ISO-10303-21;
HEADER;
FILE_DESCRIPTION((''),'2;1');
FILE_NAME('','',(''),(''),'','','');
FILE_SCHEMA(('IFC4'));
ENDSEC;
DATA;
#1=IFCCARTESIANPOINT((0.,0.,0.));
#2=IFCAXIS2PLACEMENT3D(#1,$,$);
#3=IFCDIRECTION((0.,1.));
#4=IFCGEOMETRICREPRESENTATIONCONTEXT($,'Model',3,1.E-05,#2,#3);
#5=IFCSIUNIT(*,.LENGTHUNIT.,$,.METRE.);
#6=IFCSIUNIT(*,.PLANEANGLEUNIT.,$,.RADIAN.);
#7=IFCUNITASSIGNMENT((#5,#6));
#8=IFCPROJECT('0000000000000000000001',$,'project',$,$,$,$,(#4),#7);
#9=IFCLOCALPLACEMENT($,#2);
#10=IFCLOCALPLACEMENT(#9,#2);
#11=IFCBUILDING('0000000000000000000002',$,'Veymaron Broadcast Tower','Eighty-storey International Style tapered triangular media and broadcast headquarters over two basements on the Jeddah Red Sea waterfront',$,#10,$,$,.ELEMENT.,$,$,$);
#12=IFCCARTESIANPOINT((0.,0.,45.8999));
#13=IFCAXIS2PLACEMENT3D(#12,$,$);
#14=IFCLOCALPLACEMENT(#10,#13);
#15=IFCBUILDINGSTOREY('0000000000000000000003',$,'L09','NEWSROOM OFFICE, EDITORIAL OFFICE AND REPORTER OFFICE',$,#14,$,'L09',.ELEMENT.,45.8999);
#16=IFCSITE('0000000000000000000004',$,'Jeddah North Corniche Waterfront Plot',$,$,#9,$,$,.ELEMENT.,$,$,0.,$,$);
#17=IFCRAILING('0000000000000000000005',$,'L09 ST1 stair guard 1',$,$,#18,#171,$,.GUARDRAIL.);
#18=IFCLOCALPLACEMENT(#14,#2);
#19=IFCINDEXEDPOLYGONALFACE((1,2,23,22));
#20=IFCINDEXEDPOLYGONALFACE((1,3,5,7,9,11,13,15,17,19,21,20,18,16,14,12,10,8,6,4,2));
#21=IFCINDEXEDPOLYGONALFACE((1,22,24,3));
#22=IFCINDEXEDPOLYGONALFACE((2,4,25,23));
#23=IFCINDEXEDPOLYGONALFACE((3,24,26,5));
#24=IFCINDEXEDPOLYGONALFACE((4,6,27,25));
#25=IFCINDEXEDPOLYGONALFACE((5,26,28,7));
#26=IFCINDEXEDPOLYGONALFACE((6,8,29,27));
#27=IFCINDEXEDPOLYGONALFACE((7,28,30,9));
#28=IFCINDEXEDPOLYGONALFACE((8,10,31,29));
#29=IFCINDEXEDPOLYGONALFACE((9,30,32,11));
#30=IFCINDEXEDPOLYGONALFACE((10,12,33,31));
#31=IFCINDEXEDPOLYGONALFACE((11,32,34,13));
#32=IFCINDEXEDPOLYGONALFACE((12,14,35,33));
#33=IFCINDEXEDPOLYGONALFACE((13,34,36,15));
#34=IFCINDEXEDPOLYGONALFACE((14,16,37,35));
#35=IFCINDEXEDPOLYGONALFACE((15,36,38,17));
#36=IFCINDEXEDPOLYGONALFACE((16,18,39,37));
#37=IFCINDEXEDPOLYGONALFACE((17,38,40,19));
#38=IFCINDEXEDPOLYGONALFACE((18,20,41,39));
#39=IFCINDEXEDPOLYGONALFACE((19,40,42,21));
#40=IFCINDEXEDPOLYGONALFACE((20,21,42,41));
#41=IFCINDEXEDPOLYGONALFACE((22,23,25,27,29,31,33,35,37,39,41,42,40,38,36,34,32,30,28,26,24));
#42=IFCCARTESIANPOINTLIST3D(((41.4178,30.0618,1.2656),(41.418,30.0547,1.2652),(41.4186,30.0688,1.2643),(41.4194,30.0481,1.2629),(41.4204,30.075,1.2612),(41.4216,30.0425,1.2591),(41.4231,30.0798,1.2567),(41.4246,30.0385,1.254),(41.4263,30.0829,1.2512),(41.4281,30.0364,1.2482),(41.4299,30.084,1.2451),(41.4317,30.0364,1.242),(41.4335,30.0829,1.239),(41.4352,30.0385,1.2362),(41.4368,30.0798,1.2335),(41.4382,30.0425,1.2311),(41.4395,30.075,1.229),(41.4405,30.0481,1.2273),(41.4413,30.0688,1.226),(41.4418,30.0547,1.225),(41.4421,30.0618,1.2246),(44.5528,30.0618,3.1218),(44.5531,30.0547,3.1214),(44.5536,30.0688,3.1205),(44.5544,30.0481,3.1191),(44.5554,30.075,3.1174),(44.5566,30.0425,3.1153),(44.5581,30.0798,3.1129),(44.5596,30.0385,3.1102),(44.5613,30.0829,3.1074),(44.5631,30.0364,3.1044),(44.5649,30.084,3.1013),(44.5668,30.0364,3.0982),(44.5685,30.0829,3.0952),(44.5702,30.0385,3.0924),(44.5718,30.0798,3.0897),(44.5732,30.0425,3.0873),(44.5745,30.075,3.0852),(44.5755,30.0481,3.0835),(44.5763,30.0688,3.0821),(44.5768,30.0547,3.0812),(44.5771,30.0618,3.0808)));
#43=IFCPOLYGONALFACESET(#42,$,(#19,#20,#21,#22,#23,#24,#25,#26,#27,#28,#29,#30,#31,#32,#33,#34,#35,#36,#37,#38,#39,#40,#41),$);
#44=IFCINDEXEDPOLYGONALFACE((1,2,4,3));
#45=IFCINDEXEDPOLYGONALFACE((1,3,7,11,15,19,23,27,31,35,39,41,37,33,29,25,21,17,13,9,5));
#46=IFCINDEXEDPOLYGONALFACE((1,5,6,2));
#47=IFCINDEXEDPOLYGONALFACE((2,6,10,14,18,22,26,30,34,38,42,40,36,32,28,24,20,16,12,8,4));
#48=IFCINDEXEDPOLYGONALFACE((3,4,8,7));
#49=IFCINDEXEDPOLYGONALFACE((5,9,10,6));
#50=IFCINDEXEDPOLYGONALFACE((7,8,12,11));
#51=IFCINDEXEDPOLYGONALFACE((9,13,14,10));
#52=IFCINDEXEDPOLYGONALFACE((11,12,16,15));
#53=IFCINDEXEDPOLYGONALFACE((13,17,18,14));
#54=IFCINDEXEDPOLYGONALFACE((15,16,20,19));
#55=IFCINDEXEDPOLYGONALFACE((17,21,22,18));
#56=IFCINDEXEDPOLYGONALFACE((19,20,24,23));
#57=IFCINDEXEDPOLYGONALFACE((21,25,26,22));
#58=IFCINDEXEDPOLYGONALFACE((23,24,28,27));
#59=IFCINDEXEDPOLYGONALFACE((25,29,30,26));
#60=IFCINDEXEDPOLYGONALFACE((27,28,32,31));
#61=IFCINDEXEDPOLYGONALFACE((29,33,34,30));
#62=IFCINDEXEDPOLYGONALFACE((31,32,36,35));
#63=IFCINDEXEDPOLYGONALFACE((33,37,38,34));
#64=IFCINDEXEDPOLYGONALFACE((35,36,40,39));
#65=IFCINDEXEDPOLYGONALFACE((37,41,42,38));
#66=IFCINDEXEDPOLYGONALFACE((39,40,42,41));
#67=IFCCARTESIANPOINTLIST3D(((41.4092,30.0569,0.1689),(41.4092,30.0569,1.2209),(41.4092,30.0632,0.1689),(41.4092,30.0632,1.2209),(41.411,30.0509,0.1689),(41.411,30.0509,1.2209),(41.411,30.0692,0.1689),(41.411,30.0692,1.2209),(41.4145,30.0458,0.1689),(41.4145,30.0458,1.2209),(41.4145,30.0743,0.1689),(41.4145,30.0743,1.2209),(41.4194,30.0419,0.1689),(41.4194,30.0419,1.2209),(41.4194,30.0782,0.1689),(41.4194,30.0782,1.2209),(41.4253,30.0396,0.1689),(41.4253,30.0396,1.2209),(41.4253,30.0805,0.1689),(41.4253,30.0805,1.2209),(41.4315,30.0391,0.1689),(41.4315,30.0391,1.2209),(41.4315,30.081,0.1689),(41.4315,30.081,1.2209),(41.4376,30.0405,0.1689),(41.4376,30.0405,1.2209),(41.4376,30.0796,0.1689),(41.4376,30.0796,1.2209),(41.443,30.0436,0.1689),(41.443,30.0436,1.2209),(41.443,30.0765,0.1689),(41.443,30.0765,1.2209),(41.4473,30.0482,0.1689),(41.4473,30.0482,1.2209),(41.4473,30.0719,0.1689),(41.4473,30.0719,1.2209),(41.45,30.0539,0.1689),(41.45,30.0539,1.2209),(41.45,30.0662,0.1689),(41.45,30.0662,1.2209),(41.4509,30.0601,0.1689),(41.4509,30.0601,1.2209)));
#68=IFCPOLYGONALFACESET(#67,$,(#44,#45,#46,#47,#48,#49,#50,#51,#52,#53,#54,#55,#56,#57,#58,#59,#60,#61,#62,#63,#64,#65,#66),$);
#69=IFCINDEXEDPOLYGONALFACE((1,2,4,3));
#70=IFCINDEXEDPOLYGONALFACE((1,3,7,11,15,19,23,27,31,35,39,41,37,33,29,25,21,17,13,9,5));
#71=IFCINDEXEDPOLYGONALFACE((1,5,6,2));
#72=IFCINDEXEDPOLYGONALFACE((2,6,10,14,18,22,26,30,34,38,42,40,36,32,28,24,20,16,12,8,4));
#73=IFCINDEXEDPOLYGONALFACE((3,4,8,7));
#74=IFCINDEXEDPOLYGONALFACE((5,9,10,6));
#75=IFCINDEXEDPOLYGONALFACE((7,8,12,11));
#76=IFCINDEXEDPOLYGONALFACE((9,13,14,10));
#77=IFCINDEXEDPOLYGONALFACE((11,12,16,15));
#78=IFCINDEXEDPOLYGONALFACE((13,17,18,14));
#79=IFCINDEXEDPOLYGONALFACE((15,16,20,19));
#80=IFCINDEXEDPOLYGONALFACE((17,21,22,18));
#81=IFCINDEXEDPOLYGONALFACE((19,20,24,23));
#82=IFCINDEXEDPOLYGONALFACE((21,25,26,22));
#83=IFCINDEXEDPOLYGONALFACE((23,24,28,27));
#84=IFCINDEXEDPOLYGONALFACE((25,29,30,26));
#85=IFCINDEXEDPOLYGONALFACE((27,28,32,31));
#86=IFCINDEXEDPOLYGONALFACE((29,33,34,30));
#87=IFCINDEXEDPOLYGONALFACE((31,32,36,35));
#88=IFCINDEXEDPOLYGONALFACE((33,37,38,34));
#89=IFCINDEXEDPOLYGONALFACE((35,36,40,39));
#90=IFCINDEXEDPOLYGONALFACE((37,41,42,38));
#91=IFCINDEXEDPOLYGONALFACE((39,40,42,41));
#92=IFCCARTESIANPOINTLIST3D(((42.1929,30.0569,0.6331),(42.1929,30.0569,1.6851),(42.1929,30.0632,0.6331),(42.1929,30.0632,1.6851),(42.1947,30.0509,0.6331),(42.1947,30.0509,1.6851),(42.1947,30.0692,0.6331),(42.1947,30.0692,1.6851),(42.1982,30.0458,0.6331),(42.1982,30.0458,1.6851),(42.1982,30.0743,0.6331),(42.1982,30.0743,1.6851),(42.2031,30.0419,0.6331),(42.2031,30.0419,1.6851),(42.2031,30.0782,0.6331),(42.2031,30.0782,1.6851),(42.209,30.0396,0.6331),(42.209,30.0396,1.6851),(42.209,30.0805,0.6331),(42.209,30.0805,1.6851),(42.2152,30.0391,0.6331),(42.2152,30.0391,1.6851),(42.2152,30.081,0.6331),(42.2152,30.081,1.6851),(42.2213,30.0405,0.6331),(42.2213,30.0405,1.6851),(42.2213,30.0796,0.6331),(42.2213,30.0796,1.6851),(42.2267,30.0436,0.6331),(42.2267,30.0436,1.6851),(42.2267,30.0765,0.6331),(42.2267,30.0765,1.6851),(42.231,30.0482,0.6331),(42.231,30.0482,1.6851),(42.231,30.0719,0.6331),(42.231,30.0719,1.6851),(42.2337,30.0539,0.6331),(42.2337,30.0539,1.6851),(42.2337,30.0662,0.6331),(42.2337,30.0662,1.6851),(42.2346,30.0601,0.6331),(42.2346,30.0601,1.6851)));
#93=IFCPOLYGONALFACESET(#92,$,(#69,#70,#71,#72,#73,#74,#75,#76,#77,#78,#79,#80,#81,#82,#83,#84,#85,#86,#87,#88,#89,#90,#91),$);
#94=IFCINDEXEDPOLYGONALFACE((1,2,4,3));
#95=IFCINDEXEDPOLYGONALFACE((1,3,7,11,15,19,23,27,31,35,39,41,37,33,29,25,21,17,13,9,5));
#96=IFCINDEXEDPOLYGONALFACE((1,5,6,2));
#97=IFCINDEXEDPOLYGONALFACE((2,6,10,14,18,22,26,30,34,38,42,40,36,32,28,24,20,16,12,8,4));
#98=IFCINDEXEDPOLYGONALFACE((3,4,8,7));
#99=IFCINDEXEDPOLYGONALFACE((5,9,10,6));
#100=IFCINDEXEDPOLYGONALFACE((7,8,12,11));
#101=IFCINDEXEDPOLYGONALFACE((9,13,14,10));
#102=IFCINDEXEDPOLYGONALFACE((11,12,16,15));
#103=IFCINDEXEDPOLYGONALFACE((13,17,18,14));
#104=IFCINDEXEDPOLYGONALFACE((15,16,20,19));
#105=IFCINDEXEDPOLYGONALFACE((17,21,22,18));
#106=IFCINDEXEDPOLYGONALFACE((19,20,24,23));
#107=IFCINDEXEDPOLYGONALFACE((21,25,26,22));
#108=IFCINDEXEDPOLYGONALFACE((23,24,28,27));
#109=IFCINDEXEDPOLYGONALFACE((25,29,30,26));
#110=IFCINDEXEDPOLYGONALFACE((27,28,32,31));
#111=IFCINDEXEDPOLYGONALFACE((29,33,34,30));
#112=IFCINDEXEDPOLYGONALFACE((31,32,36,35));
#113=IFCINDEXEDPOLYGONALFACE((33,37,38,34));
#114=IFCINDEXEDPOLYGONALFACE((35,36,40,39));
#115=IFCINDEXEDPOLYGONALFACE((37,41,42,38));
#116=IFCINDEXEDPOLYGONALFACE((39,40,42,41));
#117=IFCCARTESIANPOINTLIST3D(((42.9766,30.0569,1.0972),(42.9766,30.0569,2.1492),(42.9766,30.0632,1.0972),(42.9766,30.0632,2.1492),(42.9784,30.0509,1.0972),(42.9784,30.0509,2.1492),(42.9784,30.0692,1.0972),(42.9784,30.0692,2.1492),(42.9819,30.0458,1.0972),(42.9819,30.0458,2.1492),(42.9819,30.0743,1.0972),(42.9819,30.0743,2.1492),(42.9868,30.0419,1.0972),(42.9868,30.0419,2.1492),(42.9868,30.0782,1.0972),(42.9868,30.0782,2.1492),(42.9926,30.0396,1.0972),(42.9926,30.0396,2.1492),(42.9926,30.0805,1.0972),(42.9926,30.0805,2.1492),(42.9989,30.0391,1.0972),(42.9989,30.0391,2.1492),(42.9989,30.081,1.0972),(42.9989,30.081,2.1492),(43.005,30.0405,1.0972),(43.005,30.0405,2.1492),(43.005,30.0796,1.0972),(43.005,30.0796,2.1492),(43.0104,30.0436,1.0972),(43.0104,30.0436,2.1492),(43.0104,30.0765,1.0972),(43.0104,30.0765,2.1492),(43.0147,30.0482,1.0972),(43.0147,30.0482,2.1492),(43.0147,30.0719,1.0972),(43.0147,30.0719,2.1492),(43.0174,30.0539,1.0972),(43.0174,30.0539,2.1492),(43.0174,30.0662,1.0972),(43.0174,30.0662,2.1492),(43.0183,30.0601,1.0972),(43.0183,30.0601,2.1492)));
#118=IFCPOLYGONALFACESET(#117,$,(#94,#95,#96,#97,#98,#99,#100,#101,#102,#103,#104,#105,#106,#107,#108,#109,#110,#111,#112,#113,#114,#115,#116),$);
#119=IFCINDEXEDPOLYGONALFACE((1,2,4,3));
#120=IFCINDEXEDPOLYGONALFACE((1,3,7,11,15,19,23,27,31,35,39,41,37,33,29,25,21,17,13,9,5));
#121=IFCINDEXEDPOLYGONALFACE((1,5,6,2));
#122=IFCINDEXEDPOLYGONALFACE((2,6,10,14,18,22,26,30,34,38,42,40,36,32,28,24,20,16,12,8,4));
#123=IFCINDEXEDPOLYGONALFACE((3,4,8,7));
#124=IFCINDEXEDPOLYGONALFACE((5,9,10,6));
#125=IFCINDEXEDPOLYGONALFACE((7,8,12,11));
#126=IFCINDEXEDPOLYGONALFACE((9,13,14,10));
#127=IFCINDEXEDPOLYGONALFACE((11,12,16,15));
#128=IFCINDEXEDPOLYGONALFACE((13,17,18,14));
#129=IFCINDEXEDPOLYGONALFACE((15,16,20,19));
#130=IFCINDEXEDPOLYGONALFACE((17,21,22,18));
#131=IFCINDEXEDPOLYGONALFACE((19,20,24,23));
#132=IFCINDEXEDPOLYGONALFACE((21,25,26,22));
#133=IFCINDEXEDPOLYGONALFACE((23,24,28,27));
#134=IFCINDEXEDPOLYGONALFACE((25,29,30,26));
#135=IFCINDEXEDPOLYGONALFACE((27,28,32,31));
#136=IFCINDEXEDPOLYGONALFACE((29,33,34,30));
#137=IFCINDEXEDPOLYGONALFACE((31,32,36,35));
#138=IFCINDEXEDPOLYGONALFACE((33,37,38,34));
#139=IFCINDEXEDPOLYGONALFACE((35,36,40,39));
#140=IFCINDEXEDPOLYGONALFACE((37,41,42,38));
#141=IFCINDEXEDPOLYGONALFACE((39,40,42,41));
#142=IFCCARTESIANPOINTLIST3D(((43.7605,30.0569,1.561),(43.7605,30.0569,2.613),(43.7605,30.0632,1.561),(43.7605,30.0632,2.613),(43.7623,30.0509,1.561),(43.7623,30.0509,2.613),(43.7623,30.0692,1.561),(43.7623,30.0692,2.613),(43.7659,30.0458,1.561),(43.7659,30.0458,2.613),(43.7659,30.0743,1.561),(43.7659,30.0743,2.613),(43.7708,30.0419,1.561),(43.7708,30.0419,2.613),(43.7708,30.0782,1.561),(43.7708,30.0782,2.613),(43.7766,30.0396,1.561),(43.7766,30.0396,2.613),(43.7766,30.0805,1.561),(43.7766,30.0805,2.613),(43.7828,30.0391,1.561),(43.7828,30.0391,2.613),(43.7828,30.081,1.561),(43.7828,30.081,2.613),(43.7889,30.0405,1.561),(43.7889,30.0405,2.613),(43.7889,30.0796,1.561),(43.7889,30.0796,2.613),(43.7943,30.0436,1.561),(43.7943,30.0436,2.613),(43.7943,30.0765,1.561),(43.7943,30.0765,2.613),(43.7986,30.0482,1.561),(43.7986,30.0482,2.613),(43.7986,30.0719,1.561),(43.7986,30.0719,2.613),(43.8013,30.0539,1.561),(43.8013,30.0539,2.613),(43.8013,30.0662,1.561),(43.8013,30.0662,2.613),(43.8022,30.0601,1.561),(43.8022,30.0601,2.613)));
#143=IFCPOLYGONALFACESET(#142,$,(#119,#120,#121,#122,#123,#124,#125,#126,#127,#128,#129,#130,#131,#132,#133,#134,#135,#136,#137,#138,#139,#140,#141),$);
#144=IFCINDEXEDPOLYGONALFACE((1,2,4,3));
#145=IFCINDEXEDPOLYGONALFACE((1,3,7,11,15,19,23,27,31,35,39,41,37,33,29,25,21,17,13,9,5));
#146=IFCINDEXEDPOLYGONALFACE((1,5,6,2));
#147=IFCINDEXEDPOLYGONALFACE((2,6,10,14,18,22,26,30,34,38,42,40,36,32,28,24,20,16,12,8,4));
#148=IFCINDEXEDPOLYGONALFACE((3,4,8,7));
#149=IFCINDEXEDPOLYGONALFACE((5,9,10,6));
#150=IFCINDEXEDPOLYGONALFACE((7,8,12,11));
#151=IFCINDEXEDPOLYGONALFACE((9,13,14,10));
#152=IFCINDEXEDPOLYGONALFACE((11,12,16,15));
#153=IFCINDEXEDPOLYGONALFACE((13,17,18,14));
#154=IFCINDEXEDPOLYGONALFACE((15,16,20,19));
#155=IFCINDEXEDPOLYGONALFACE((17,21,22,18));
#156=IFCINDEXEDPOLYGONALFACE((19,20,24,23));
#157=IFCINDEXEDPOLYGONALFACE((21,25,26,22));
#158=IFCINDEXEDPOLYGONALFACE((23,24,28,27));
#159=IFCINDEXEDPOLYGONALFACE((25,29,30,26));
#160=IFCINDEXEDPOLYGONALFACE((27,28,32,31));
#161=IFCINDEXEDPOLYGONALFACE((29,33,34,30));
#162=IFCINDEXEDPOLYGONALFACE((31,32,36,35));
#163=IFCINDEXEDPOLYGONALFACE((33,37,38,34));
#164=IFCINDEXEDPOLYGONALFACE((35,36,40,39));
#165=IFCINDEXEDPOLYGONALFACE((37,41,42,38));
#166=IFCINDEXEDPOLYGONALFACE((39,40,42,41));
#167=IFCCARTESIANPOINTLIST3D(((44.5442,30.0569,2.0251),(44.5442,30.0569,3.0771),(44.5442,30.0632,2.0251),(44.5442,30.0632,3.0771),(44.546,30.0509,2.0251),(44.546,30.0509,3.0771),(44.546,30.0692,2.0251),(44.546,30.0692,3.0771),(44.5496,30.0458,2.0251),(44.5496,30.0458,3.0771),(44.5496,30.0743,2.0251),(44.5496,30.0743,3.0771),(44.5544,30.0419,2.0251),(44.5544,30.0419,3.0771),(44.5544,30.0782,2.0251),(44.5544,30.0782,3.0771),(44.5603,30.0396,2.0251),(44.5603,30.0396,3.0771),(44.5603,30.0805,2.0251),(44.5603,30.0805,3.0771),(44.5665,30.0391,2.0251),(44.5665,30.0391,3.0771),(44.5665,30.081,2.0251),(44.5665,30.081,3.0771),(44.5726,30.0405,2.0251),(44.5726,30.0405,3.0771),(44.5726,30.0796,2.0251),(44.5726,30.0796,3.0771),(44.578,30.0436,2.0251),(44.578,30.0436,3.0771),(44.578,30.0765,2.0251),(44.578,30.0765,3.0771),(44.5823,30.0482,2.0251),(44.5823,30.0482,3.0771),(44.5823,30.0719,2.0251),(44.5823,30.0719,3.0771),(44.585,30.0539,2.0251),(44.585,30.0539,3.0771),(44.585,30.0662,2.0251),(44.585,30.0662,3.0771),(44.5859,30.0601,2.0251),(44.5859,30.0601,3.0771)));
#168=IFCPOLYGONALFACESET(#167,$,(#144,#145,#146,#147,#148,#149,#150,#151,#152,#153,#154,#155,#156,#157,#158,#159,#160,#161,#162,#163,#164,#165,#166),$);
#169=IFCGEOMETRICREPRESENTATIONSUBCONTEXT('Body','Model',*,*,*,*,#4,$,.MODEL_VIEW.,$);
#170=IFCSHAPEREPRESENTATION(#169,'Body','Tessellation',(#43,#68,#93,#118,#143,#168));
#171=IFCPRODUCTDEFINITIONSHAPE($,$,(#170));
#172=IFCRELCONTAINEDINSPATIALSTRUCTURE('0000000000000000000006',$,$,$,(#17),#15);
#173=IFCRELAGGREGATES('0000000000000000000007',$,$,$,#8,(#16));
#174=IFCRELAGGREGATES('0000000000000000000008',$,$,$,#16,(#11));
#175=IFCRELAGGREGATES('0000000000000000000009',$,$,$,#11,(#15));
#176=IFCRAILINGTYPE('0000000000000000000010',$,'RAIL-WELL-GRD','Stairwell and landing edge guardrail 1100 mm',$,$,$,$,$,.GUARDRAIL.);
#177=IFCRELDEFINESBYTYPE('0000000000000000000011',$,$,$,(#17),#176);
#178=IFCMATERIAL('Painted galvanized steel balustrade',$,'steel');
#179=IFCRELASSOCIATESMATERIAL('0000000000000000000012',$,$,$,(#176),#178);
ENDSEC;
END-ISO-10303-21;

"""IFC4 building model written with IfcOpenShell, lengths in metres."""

from ifc_helpers import new_model, si_unit, direction, frame, origin, origin_2d, place, context, subcontext, project, spatial, circle, extrude, material, type_object, element, save


model = new_model("IFC4")

# Units and contexts
model_context = context("Model", 3, precision=1e-05, world=origin(), true_north=direction((0.0, 1.0)))
body_context = subcontext(model_context, "Body", "Model", "MODEL_VIEW")
ifc_project = project(units=[si_unit("LENGTHUNIT", "METRE"), si_unit("PLANEANGLEUNIT", "RADIAN")], contexts=[model_context])

# Site, building, storey
site_placement = place(None, origin())
site = spatial("IfcSite", under=ifc_project, at=site_placement, Name="Jeddah North Corniche Waterfront Plot", CompositionType="ELEMENT", RefElevation=0.0)
building_placement = place(site_placement, origin())
building = spatial("IfcBuilding", under=site, at=building_placement, Name="Veymaron Broadcast Tower", Description="Eighty-storey International Style tapered triangular media and broadcast headquarters over two basements on the Jeddah Red Sea waterfront", CompositionType="ELEMENT")
storey_placement = place(building_placement, frame((0.0, 0.0, 45.8999)))
storey = spatial("IfcBuildingStorey", under=building, at=storey_placement, Name="L09", Description="NEWSROOM OFFICE, EDITORIAL OFFICE AND REPORTER OFFICE", LongName="L09", CompositionType="ELEMENT", Elevation=45.8999)

# Railing
ifc_material_1 = material(Name="Painted galvanized steel balustrade", Category="steel")
railing_type_1 = type_object("IfcRailingType", Name="RAIL-WELL-GRD", Description="Stairwell and landing edge guardrail 1100 mm", PredefinedType="GUARDRAIL", material=ifc_material_1)
railing_1_placement = place(storey_placement, frame((41.4299, 30.0601, 0.1689)))
element("IfcRailing", 1, at=railing_1_placement, inside=storey, type_object=railing_type_1, Name="L09 ST1 stair guard 1", PredefinedType="GUARDRAIL", context=body_context, shape_type="SweptSolid", body=[
    extrude(circle(Radius=0.0239, at=origin_2d()), frame((0.0, 0.0, 1.0762), z_axis=(0.860482, 0.0, 0.509481), x_axis=(0.0, 1.0, 0.0)), (0.0, 0.0, 1.0), 3.6433),
    extrude(circle(Radius=0.021, at=origin_2d()), origin(), (0.0, 0.0, 1.0), 1.052),
    extrude(circle(Radius=0.021, at=origin_2d()), frame((0.7837, 0.0, 0.4641)), (0.0, 0.0, 1.0), 1.052),
    extrude(circle(Radius=0.021, at=origin_2d()), frame((1.5674, 0.0, 0.9282)), (0.0, 0.0, 1.0), 1.052),
    extrude(circle(Radius=0.021, at=origin_2d()), frame((2.3513, 0.0, 1.3921)), (0.0, 0.0, 1.0), 1.052),
    extrude(circle(Radius=0.021, at=origin_2d()), frame((3.135, 0.0, 1.8562)), (0.0, 0.0, 1.0), 1.052),
])

save(model, "model.ifc")
